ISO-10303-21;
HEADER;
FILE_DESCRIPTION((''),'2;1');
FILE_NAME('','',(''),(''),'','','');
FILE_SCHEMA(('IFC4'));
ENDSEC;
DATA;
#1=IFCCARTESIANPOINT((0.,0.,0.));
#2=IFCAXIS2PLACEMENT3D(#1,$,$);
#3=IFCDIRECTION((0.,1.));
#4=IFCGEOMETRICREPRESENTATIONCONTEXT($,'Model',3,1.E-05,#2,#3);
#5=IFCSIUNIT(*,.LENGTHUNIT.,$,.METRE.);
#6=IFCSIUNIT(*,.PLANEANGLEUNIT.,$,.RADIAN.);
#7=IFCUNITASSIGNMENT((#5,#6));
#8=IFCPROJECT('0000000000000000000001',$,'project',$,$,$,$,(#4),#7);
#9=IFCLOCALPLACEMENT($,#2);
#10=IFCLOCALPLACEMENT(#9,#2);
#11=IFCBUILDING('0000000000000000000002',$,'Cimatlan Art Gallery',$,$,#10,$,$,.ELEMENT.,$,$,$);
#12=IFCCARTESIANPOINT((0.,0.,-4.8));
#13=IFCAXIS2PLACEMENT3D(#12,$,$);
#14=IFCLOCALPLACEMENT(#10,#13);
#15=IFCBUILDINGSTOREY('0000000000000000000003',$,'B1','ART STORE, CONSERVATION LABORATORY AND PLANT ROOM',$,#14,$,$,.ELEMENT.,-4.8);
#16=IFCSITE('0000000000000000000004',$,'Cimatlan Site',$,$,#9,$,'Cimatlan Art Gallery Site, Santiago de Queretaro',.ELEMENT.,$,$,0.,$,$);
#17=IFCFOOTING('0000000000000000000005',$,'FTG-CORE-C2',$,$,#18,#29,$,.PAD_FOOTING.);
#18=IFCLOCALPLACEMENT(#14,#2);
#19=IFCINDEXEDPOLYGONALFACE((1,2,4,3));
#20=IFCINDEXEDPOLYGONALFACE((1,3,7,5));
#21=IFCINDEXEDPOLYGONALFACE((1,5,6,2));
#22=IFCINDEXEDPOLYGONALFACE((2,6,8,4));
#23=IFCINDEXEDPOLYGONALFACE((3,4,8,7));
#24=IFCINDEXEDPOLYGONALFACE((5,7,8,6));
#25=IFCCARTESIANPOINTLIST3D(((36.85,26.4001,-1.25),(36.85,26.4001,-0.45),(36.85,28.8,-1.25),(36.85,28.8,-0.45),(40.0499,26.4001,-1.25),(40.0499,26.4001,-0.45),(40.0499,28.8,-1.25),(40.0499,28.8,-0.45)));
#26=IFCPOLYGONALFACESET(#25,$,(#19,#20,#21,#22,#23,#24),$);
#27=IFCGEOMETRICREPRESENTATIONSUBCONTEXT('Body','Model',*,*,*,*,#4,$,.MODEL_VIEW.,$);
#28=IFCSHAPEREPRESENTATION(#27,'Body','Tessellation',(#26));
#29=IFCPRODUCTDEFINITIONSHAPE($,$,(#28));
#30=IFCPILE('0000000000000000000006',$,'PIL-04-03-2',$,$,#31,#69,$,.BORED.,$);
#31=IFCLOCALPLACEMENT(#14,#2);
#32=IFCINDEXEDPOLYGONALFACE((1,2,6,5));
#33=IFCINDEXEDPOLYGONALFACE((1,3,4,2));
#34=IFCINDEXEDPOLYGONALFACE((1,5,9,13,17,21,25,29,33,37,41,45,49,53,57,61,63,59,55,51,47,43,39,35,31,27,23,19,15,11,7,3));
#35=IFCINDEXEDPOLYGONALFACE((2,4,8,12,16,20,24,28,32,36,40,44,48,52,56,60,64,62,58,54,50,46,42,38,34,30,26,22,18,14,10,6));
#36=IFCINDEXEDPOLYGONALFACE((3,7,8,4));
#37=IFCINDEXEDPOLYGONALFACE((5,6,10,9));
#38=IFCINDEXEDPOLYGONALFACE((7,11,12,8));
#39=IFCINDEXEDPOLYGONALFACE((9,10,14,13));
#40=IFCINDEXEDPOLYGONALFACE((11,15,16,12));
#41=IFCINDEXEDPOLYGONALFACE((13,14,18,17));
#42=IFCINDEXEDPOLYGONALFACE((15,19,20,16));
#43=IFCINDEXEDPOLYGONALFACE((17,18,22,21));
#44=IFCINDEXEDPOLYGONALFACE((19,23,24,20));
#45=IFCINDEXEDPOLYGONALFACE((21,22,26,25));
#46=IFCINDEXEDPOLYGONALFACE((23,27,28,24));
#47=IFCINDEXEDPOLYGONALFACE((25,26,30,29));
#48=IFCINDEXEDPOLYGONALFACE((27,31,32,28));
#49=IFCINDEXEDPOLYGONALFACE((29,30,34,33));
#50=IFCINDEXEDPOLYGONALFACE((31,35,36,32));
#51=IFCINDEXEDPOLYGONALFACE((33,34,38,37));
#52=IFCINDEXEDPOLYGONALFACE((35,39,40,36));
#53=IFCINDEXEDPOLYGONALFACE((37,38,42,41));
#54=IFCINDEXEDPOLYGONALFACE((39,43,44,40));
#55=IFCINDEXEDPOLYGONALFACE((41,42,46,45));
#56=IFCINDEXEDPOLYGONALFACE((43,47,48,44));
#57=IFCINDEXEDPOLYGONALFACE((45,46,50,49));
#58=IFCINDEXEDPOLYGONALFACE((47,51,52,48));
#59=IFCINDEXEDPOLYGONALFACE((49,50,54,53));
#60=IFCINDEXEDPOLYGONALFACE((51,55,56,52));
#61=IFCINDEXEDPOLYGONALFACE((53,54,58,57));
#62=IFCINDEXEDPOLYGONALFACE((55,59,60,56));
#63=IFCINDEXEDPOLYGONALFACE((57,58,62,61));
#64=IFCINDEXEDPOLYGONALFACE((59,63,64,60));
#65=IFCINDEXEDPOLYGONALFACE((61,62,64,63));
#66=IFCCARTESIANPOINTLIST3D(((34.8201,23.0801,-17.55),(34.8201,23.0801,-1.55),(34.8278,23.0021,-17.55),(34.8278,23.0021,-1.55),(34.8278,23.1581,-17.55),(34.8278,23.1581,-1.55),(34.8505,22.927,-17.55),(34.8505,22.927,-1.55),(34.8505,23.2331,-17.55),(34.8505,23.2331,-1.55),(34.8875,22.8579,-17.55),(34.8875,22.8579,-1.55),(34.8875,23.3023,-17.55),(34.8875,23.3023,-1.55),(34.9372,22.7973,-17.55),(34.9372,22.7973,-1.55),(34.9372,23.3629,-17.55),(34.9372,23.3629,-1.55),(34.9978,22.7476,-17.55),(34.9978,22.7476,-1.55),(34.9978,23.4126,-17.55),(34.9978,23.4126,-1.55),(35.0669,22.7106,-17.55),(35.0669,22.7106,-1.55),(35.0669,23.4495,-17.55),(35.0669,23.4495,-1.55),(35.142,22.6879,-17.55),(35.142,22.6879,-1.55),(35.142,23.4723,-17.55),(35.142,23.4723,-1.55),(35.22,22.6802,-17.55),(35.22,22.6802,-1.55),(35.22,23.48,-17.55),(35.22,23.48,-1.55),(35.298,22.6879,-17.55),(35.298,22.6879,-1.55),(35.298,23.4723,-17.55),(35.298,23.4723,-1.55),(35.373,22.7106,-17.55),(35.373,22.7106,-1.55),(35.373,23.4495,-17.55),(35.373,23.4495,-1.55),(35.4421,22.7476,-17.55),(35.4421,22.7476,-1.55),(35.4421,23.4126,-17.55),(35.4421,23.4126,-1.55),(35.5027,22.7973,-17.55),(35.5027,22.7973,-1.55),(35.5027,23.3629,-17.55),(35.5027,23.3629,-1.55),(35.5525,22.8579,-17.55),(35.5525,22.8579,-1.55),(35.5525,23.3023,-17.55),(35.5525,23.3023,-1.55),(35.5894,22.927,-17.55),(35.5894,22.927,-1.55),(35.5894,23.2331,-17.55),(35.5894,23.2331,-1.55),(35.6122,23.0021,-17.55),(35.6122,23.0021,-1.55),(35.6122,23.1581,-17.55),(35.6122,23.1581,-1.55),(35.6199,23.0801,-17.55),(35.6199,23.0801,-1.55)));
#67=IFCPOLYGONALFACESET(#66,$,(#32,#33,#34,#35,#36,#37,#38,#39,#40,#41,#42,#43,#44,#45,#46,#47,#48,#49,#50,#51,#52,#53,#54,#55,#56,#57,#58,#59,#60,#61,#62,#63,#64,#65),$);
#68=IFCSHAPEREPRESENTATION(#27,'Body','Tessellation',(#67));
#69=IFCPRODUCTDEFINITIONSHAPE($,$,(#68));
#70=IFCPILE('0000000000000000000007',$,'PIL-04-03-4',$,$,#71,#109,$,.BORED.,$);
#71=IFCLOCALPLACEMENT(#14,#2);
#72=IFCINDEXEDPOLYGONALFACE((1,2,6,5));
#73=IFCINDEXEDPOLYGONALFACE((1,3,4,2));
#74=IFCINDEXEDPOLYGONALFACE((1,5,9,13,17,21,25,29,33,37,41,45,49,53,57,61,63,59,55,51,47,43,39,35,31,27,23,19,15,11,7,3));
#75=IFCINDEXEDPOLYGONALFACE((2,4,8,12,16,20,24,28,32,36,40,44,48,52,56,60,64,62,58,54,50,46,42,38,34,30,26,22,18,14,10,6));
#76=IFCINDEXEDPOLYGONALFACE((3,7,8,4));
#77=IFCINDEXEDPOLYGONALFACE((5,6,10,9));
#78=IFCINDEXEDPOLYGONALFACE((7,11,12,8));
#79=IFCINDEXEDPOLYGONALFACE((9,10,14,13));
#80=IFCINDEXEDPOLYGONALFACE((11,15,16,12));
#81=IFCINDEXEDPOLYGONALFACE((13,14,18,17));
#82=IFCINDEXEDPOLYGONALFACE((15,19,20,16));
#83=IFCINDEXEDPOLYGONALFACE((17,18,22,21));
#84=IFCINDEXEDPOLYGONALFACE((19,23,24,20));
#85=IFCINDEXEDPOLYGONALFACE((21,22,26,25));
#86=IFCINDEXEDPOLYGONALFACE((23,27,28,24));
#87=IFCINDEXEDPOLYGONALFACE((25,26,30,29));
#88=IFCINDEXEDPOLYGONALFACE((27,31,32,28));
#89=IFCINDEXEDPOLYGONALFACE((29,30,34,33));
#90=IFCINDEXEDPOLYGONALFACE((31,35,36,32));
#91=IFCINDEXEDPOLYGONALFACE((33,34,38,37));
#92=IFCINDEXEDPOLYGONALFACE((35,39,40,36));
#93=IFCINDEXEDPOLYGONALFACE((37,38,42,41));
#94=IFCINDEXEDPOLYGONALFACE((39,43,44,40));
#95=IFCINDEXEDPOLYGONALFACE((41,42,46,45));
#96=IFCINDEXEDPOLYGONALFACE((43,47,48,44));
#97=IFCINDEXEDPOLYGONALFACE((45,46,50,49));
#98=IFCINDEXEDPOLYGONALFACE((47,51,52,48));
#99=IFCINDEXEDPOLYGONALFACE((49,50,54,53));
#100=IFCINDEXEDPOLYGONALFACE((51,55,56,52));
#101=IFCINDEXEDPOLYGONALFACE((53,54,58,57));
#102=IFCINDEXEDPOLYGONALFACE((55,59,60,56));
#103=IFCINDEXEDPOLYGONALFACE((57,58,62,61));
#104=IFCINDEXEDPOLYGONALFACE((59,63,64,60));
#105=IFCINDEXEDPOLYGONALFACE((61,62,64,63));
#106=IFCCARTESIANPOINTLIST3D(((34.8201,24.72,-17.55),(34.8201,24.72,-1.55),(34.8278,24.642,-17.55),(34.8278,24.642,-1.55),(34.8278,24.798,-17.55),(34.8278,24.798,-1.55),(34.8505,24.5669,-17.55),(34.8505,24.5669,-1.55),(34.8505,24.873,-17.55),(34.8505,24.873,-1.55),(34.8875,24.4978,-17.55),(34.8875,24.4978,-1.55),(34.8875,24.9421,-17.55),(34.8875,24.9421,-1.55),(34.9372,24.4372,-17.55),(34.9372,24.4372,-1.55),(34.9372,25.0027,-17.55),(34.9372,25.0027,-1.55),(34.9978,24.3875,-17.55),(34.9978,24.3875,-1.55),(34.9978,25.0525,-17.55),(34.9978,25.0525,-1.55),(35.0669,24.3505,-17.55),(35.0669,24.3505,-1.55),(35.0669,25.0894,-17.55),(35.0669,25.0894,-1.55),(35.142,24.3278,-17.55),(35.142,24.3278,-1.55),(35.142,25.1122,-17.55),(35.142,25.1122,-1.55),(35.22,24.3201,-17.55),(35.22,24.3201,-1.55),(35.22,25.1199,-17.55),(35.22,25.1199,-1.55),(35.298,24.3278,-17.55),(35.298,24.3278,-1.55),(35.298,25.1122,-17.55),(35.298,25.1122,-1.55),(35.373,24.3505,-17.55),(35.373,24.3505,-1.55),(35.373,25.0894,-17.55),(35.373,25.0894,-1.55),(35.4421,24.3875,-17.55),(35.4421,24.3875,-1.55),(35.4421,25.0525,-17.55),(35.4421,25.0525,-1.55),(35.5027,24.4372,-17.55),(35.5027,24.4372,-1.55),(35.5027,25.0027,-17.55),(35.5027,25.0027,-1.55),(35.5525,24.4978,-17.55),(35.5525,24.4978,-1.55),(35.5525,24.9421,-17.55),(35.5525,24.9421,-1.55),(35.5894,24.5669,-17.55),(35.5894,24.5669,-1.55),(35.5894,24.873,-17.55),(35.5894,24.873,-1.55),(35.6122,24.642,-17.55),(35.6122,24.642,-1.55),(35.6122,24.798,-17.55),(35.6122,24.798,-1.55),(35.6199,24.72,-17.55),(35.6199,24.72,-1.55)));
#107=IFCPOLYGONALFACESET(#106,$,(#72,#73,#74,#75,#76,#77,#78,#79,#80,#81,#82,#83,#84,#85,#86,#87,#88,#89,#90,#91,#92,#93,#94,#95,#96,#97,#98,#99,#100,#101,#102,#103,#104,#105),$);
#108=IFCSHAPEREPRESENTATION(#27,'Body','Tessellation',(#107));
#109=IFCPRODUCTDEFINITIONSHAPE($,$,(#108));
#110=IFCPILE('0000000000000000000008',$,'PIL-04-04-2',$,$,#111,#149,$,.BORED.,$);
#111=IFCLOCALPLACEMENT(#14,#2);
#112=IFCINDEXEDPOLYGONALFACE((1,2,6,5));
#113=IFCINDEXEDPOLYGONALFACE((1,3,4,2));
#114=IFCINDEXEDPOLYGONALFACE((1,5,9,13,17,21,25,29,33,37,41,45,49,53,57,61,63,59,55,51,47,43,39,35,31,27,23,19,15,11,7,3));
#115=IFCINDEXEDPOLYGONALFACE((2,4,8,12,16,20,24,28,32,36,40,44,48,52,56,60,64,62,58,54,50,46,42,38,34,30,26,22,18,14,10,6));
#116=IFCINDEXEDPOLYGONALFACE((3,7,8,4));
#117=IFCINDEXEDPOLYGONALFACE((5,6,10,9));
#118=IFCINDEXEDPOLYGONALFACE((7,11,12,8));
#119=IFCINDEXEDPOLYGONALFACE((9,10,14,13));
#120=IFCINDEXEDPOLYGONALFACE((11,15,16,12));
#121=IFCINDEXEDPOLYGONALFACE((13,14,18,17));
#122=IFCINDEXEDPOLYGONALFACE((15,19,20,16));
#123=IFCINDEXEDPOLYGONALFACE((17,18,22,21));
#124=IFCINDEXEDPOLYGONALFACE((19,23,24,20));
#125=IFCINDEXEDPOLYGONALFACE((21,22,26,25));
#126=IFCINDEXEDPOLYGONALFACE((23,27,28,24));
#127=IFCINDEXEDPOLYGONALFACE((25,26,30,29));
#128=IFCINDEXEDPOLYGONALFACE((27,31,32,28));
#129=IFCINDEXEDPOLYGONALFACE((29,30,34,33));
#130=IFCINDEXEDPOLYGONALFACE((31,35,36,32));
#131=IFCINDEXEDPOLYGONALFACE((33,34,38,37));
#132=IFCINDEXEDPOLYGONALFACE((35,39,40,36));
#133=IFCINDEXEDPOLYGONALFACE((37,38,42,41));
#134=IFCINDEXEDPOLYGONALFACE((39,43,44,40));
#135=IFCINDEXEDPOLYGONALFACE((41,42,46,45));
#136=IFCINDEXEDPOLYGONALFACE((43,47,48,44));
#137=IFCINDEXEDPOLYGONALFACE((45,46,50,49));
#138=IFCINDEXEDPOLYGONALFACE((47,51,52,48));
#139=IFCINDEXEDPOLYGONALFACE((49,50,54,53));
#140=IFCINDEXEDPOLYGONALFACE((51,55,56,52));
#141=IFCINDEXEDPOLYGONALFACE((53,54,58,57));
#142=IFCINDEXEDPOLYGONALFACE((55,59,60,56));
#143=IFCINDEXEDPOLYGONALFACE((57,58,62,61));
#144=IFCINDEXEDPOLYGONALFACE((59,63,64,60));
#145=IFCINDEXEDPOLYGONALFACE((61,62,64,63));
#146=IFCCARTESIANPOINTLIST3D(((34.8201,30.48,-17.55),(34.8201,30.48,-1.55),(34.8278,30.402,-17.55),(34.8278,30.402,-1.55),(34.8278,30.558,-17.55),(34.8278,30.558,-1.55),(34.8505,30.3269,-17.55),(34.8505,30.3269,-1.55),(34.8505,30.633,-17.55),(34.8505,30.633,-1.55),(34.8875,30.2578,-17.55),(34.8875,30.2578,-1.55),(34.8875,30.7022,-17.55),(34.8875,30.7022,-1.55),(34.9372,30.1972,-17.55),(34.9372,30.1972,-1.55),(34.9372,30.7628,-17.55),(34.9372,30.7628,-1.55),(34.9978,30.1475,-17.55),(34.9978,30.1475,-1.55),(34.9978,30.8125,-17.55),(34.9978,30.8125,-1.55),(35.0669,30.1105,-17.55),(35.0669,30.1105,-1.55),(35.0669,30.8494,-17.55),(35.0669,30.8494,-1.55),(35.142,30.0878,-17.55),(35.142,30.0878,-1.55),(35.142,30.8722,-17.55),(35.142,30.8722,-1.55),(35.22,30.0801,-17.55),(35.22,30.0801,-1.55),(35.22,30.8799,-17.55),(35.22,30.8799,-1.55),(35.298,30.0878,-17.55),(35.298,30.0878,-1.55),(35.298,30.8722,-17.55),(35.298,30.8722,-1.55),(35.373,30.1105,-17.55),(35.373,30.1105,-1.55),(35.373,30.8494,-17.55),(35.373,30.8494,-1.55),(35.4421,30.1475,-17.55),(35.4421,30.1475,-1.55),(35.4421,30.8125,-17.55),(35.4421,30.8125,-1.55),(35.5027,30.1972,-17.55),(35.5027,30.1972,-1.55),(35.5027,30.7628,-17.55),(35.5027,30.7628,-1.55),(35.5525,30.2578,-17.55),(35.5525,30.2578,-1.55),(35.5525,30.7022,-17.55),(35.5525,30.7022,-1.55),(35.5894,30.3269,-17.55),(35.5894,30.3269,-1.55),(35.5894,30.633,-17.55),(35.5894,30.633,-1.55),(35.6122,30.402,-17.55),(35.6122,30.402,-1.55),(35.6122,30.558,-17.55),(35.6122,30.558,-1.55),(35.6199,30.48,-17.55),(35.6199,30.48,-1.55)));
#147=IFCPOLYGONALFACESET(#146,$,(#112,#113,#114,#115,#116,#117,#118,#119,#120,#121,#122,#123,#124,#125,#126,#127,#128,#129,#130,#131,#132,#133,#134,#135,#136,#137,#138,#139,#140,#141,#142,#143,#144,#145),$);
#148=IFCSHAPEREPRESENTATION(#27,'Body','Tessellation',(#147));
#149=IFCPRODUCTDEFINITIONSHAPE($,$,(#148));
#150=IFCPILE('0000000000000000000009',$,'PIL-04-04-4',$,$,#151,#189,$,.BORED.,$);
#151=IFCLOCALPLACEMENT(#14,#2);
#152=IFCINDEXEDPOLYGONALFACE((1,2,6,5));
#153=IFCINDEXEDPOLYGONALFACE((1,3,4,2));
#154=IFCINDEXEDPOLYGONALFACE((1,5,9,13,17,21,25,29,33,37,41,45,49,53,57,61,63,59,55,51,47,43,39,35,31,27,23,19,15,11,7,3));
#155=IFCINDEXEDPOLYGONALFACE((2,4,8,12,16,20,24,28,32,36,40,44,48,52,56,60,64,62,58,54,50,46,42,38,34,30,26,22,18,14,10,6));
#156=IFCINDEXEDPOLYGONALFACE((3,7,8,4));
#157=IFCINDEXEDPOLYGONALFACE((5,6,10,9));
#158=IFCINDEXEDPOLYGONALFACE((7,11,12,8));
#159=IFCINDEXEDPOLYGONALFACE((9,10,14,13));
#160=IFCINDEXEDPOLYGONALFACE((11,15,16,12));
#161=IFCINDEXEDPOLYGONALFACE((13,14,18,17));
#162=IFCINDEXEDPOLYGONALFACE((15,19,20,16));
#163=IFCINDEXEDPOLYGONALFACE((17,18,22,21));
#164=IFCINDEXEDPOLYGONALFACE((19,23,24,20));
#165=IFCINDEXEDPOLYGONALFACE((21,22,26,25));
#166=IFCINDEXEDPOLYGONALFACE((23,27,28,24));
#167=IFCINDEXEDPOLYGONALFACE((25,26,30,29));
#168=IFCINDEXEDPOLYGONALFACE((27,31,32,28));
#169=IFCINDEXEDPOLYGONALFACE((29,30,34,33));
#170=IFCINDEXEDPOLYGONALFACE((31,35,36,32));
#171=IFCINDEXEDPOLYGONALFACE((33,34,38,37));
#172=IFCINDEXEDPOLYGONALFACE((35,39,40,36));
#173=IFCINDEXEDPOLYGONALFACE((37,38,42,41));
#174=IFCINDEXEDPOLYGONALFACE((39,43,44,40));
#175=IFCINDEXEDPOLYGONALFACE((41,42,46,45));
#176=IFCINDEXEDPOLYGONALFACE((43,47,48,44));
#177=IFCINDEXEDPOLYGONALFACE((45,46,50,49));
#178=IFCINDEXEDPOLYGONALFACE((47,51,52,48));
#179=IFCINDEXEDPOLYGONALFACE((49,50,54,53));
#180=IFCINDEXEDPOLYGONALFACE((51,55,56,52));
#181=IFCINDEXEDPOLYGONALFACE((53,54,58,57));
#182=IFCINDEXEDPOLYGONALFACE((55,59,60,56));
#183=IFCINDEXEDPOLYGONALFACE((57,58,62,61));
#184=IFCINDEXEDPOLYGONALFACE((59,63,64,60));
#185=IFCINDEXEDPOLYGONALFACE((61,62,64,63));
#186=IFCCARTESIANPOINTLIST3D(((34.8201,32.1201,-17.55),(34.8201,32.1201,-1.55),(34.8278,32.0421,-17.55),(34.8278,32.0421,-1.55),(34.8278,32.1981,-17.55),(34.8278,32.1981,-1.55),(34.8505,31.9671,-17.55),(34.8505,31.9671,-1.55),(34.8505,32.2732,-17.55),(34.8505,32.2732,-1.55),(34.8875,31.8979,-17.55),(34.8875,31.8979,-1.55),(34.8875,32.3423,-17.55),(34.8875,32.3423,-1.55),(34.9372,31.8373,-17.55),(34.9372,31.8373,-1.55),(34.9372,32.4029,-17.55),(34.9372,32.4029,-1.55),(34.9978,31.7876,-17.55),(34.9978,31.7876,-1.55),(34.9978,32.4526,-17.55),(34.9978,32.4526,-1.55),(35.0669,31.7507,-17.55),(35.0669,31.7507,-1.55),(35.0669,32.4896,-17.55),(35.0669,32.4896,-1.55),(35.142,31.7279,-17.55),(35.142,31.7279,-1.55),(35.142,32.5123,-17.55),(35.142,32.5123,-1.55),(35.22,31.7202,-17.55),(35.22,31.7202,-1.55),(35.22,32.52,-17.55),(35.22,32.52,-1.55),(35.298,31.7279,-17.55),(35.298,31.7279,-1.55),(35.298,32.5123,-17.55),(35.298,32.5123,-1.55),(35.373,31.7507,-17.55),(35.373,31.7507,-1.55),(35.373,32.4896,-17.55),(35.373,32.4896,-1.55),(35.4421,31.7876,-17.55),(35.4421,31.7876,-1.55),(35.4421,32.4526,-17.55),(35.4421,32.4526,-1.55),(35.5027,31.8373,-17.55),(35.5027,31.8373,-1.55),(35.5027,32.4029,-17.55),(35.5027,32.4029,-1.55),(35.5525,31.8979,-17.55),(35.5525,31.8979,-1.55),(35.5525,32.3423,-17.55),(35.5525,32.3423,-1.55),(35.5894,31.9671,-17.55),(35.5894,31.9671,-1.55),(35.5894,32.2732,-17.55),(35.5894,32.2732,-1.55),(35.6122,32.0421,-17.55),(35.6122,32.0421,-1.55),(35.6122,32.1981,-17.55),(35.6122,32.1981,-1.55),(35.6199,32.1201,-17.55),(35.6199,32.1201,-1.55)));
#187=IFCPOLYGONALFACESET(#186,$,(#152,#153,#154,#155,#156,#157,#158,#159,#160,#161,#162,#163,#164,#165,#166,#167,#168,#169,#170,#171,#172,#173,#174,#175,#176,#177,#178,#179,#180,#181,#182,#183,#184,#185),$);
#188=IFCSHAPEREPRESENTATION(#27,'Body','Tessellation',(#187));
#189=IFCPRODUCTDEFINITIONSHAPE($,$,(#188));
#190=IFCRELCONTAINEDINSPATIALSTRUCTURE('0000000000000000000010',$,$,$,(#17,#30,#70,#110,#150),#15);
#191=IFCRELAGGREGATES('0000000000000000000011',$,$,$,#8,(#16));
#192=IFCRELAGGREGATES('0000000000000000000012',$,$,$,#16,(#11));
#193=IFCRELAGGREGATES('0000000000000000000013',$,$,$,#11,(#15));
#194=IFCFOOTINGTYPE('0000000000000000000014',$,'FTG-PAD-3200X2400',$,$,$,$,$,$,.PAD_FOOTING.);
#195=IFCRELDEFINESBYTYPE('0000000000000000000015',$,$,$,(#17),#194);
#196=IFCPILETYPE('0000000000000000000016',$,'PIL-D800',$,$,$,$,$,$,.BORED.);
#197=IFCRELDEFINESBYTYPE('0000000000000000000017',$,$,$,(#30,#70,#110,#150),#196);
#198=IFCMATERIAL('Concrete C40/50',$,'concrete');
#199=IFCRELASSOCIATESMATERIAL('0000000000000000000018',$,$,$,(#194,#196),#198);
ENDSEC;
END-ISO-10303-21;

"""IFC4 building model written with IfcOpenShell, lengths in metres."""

from ifc_helpers import new_model, si_unit, direction, frame, origin, origin_2d, place, context, subcontext, project, spatial, rectangle, circle, extrude, material, type_object, element, save


model = new_model("IFC4")

# Units and contexts
model_context = context("Model", 3, precision=1e-05, world=origin(), true_north=direction((0.0, 1.0)))
body_context = subcontext(model_context, "Body", "Model", "MODEL_VIEW")
ifc_project = project(units=[si_unit("LENGTHUNIT", "METRE"), si_unit("PLANEANGLEUNIT", "RADIAN")], contexts=[model_context])

# Site, building, storey
site_placement = place(None, origin())
site = spatial("IfcSite", under=ifc_project, at=site_placement, Name="Cimatlan Site", LongName="Cimatlan Art Gallery Site, Santiago de Queretaro", CompositionType="ELEMENT", RefElevation=0.0)
building_placement = place(site_placement, origin())
building = spatial("IfcBuilding", under=site, at=building_placement, Name="Cimatlan Art Gallery", CompositionType="ELEMENT")
storey_placement = place(building_placement, frame((0.0, 0.0, -4.8)))
storey = spatial("IfcBuildingStorey", under=building, at=storey_placement, Name="B1", Description="ART STORE, CONSERVATION LABORATORY AND PLANT ROOM", CompositionType="ELEMENT", Elevation=-4.8)

# Footing
ifc_material_1 = material(Name="Concrete C40/50", Category="concrete")
footing_type = type_object("IfcFootingType", Name="FTG-PAD-3200X2400", PredefinedType="PAD_FOOTING", material=ifc_material_1)
footing_placement = place(storey_placement, frame((38.45, 27.6001, -1.25), z_axis=(0.0, 0.0, 1.0), x_axis=(1.0, 0.0, 0.0)))
element("IfcFooting", 1, at=footing_placement, inside=storey, type_object=footing_type, Name="FTG-CORE-C2", PredefinedType="PAD_FOOTING", context=body_context, shape_type="SweptSolid", body=[
    extrude(rectangle(XDim=3.2, YDim=2.3999, at=origin_2d()), origin(), (0.0, 0.0, 1.0), 0.8),
])

# Piles
pile_type = type_object("IfcPileType", Name="PIL-D800", PredefinedType="BORED", material=ifc_material_1)
for number, where, z_axis, x_axis, name in (
    (2, (35.22, 23.0801, -1.55), (0.0, 0.0, -1.0), (1.0, 0.0, 0.0), "PIL-04-03-2"),
    (3, (35.22, 24.72, -1.55), (0.0, 0.0, -1.0), (1.0, 0.0, 0.0), "PIL-04-03-4"),
    (4, (35.22, 30.48, -1.55), (0.0, 0.0, -1.0), (1.0, 0.0, 0.0), "PIL-04-04-2"),
    (5, (35.22, 32.1201, -1.55), (0.0, 0.0, -1.0), (1.0, 0.0, 0.0), "PIL-04-04-4"),
):
    element("IfcPile", number, at=place(storey_placement, frame(where, z_axis=z_axis, x_axis=x_axis)), inside=storey, type_object=pile_type, Name=name, PredefinedType="BORED", context=body_context, shape_type="SweptSolid", body=[
        extrude(circle(Radius=0.3999, at=origin_2d()), origin(), (0.0, 0.0, 1.0), 16.0),
    ])

save(model, "model.ifc")
